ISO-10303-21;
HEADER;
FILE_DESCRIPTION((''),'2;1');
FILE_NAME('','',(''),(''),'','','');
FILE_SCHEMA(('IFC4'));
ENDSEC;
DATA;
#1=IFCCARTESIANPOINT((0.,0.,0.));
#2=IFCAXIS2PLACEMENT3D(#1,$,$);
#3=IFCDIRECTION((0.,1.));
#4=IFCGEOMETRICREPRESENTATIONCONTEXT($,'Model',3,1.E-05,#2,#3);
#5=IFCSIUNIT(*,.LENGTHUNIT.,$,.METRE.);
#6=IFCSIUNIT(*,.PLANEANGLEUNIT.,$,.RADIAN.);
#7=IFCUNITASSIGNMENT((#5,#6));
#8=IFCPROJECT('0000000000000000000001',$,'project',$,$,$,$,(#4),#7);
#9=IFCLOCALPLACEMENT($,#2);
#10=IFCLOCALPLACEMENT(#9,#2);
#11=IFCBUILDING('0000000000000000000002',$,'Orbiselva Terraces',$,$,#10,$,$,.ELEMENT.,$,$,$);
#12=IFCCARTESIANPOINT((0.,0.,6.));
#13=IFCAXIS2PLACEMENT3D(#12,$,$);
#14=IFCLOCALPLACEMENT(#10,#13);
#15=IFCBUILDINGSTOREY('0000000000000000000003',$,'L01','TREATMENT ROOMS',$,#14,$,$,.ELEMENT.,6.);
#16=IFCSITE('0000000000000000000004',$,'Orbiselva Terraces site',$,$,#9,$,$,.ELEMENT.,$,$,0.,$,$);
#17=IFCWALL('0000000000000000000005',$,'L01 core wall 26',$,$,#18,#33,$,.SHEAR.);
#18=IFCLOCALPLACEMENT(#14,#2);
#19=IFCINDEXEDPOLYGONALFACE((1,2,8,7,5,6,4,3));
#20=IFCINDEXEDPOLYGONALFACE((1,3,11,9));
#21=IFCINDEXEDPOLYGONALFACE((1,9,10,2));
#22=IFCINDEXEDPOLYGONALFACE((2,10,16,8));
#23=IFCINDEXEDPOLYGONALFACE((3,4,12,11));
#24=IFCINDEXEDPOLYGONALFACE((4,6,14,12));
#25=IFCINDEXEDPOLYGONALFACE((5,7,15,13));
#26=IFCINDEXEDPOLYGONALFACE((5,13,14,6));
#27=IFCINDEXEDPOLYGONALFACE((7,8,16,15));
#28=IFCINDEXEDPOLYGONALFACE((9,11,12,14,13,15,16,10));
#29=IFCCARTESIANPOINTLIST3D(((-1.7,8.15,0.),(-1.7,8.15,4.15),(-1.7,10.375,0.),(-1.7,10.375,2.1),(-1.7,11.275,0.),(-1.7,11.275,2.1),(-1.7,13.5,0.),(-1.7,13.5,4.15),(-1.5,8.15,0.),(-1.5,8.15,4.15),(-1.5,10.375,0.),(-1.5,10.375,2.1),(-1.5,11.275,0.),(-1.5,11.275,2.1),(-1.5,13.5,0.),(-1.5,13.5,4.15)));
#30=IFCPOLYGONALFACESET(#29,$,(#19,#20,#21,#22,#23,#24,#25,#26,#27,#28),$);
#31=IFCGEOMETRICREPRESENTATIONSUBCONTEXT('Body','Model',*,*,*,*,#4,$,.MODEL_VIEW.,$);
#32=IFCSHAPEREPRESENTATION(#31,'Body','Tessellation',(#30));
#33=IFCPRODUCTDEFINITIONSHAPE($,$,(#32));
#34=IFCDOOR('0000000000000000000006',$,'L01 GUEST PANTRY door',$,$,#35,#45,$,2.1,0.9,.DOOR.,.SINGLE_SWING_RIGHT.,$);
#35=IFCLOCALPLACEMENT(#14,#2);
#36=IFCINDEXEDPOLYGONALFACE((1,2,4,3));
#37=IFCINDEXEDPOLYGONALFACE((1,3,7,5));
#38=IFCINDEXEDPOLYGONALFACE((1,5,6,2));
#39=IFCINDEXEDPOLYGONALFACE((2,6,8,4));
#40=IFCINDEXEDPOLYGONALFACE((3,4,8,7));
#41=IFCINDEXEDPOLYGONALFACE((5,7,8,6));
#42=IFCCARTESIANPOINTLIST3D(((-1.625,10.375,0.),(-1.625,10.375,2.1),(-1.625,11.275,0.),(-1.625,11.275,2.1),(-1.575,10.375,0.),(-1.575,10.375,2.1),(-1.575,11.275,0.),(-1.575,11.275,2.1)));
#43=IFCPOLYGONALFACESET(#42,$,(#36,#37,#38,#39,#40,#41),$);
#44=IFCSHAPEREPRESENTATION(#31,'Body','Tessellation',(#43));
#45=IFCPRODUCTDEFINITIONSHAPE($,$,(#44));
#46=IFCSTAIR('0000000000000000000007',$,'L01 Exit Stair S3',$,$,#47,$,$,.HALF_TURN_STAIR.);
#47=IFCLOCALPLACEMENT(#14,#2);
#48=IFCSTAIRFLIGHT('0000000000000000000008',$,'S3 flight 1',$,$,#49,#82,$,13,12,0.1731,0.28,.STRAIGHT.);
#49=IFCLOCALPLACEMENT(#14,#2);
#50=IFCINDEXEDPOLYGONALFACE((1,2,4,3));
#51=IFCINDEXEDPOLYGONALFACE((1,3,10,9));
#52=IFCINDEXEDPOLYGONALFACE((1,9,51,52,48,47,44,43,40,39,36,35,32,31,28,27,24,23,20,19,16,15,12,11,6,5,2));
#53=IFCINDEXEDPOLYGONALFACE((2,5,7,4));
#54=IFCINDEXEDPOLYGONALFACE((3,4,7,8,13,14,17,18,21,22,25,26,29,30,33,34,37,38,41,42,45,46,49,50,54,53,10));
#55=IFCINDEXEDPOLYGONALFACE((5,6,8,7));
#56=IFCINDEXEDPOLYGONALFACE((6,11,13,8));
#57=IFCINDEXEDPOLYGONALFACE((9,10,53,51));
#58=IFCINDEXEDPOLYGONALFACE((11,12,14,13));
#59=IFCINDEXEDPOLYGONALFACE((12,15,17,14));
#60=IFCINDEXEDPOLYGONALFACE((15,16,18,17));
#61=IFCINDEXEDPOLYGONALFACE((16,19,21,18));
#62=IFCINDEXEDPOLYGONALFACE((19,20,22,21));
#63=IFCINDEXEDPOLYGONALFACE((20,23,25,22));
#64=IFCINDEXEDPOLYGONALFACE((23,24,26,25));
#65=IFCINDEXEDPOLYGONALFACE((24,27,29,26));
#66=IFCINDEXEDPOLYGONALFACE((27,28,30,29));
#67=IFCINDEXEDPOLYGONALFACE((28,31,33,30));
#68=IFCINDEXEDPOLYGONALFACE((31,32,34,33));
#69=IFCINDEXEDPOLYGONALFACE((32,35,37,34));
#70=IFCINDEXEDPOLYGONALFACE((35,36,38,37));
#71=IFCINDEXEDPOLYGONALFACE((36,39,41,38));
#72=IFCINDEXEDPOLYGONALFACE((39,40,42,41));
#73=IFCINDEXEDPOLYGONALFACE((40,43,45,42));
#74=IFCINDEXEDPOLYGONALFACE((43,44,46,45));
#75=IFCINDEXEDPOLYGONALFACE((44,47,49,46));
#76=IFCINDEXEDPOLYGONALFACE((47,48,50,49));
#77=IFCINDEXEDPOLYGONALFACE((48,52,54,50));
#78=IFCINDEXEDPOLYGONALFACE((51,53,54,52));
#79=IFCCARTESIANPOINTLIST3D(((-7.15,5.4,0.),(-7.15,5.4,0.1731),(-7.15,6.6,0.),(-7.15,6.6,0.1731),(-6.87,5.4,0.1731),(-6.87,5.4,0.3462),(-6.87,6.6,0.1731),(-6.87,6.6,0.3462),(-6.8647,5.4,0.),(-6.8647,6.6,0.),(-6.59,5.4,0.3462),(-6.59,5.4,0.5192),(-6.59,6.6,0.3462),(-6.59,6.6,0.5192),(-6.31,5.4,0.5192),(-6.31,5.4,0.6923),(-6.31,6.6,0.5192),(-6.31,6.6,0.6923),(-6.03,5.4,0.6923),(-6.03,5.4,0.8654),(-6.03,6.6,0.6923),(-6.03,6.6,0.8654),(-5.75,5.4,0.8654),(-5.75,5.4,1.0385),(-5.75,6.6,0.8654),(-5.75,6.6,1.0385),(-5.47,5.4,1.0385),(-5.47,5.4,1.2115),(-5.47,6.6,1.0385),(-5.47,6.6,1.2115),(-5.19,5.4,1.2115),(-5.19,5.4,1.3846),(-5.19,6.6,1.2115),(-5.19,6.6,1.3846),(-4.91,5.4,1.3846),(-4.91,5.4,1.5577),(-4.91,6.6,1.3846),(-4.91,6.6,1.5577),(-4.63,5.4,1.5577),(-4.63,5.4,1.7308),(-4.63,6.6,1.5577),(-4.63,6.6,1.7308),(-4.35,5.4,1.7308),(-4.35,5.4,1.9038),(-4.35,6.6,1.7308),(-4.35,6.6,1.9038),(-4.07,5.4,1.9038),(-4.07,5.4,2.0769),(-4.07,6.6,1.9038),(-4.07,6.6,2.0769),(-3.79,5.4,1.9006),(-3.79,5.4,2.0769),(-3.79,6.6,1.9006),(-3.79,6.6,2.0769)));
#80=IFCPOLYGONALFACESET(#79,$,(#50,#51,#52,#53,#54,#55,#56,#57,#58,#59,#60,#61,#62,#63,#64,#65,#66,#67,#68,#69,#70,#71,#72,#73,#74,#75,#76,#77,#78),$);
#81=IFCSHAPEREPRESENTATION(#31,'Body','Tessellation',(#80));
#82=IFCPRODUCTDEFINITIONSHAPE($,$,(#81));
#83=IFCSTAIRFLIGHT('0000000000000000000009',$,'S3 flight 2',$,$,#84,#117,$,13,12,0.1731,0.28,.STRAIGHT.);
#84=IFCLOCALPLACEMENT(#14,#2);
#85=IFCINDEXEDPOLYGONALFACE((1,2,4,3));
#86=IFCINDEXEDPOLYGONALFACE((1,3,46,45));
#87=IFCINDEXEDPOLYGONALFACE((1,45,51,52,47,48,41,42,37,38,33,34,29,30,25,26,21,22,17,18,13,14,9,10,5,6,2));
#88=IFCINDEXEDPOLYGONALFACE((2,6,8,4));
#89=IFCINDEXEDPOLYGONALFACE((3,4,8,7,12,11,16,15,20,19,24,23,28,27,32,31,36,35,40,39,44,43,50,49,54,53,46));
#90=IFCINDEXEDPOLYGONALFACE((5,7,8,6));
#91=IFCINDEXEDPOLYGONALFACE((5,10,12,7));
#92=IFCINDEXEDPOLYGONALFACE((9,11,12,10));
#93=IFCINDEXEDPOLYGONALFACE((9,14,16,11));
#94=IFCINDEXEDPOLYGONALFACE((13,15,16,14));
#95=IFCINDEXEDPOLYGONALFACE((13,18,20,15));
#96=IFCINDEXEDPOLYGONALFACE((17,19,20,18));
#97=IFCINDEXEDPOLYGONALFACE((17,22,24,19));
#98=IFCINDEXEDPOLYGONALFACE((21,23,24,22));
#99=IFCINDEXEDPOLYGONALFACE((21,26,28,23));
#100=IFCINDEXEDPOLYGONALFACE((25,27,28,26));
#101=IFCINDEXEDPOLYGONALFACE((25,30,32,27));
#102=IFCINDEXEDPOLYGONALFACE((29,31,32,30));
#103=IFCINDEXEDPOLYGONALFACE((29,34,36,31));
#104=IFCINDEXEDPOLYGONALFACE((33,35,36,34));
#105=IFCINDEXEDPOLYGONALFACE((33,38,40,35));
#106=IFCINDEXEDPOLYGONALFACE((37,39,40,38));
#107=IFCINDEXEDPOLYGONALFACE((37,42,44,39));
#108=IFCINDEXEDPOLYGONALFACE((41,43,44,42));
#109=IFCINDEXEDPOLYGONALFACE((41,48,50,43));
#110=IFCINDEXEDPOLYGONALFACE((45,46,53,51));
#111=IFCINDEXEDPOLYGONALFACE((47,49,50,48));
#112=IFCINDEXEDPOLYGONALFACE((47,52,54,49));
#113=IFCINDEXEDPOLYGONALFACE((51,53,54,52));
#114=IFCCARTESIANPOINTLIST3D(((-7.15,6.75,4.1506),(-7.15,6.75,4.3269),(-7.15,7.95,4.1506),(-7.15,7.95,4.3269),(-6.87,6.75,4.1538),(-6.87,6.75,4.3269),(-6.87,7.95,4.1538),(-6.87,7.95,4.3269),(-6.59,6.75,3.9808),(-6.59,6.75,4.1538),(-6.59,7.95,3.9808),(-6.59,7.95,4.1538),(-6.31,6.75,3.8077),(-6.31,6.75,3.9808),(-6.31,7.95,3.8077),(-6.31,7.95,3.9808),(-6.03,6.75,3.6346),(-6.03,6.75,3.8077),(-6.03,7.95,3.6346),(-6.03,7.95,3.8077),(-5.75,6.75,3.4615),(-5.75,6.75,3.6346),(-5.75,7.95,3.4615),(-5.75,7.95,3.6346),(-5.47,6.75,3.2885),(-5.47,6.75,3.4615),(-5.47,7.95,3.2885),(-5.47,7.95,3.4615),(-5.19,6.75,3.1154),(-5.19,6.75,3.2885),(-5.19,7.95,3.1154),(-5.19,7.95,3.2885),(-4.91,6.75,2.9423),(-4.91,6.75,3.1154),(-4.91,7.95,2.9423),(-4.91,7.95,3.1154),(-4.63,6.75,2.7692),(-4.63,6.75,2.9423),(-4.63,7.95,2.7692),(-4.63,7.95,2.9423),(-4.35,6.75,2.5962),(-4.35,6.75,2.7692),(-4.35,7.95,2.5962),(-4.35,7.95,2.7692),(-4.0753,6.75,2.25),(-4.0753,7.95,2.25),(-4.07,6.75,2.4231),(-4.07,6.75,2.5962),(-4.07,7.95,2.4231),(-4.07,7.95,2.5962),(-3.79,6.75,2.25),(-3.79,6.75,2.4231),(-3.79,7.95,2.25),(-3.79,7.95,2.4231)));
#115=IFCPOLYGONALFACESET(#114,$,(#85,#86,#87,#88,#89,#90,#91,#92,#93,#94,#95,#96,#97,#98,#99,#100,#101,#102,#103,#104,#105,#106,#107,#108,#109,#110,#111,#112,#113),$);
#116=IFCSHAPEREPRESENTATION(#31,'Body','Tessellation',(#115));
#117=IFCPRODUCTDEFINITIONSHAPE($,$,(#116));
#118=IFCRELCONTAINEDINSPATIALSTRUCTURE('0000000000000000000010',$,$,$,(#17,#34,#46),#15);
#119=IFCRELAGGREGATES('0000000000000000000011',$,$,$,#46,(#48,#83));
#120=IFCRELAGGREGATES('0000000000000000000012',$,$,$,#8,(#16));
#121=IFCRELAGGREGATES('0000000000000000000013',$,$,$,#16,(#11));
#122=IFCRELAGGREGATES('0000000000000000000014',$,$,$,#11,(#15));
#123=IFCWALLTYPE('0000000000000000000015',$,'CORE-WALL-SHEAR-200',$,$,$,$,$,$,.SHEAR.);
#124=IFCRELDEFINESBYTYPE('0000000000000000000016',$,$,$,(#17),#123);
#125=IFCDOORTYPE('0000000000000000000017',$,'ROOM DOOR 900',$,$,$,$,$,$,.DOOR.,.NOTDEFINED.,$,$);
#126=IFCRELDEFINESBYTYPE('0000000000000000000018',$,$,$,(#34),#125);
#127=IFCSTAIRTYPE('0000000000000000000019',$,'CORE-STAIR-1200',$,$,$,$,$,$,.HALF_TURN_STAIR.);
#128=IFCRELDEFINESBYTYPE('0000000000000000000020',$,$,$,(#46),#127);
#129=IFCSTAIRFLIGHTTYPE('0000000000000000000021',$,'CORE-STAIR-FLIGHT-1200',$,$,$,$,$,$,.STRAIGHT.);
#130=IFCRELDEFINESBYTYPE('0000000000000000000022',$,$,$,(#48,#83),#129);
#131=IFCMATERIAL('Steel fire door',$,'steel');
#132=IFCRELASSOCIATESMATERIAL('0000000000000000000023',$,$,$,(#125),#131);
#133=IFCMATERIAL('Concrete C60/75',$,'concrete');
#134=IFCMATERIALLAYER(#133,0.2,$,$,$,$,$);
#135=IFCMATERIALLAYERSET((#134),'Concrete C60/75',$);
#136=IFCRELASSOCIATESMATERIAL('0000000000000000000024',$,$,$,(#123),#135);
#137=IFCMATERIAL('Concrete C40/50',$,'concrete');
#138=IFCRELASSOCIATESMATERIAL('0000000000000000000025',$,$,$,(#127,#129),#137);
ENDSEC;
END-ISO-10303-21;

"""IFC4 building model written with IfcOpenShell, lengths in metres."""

from ifc_helpers import new_model, si_unit, direction, frame, frame_2d, origin, place, context, subcontext, project, spatial, polyline, rectangle, outline, extrude, material, layer, layer_set, type_object, element, fill, aggregate, save


model = new_model("IFC4")

# Units and contexts
model_context = context("Model", 3, precision=1e-05, world=origin(), true_north=direction((0.0, 1.0)))
body_context = subcontext(model_context, "Body", "Model", "MODEL_VIEW")
ifc_project = project(units=[si_unit("LENGTHUNIT", "METRE"), si_unit("PLANEANGLEUNIT", "RADIAN")], contexts=[model_context])

# Site, building, storey
site_placement = place(None, origin())
site = spatial("IfcSite", under=ifc_project, at=site_placement, Name="Orbiselva Terraces site", CompositionType="ELEMENT", RefElevation=0.0)
building_placement = place(site_placement, origin())
building = spatial("IfcBuilding", under=site, at=building_placement, Name="Orbiselva Terraces", CompositionType="ELEMENT")
storey_placement = place(building_placement, frame((0.0, 0.0, 6.0)))
storey = spatial("IfcBuildingStorey", under=building, at=storey_placement, Name="L01", Description="TREATMENT ROOMS", CompositionType="ELEMENT", Elevation=6.0)

# Shared definitions
ifc_material_1 = material(Name="Steel fire door", Category="steel")
door_type = type_object("IfcDoorType", Name="ROOM DOOR 900", OperationType="NOTDEFINED", PredefinedType="DOOR", material=ifc_material_1)

# Shared definitions
ifc_material_2 = material(Name="Concrete C40/50", Category="concrete")

# Shared definitions
ifc_material_3 = material(Name="Concrete C60/75", Category="concrete")
ifc_layer_1 = layer(ifc_material_3, 0.2)
ifc_layer_set_1 = layer_set([ifc_layer_1], Name="Concrete C60/75")
wall_type_1 = type_object("IfcWallType", Name="CORE-WALL-SHEAR-200", PredefinedType="SHEAR", material=ifc_layer_set_1)

# Wall, opening, door
wall_1_placement = place(storey_placement, frame((-1.6, 8.15, 0.0), z_axis=(0.0, 0.0, 1.0), x_axis=(0.0, 1.0, 0.0)))
wall_1 = element("IfcWall", 1, at=wall_1_placement, inside=storey, type_object=wall_type_1, Name="L01 core wall 26", PredefinedType="SHEAR", context=body_context, shape_type="SweptSolid", body=[
    extrude(rectangle(XDim=5.35, YDim=0.2, at=frame_2d((2.675, 0.0))), origin(), (0.0, 0.0, 1.0), 4.15),
])
opening_1_placement = place(wall_1_placement, frame((2.225, 0.0, 0.0)))
opening_1 = element("IfcOpeningElement", 2, at=opening_1_placement, cuts=wall_1, PredefinedType="OPENING", context=body_context, shape_type="SweptSolid", body=[
    extrude(rectangle(XDim=0.9, YDim=2.1, at=frame_2d((0.45, 1.05))), frame((0.0, 0.11, 0.0), z_axis=(0.0, -1.0, 0.0), x_axis=(1.0, 0.0, 0.0)), (0.0, 0.0, 1.0), 0.22),
])
door_1_placement = place(opening_1_placement, origin())
door_1 = element("IfcDoor", 3, at=door_1_placement, inside=storey, type_object=door_type, Name="L01 GUEST PANTRY door", OperationType="SINGLE_SWING_RIGHT", OverallHeight=2.1, OverallWidth=0.9, PredefinedType="DOOR", context=body_context, shape_type="SweptSolid", body=[
    extrude(rectangle(XDim=0.9, YDim=2.1, at=frame_2d((0.45, 1.05))), frame((0.0, 0.025, 0.0), z_axis=(0.0, -1.0, 0.0), x_axis=(1.0, 0.0, 0.0)), (0.0, 0.0, 1.0), 0.05),
])
fill(opening_1, door_1)

# Stair, stair flights
stair_type = type_object("IfcStairType", Name="CORE-STAIR-1200", PredefinedType="HALF_TURN_STAIR", material=ifc_material_2)
stair_placement = place(storey_placement, origin())
stair = element("IfcStair", 4, at=stair_placement, inside=storey, type_object=stair_type, Name="L01 Exit Stair S3", PredefinedType="HALF_TURN_STAIR")
stair_flight_type = type_object("IfcStairFlightType", Name="CORE-STAIR-FLIGHT-1200", PredefinedType="STRAIGHT", material=ifc_material_2)
stair_flight_1_placement = place(storey_placement, frame((-7.15, 6.0, 0.0), z_axis=(0.0, 0.0, 1.0), x_axis=(1.0, 0.0, 0.0)))
stair_flight_1 = element("IfcStairFlight", 5, at=stair_flight_1_placement, type_object=stair_flight_type, Name="S3 flight 1", NumberOfRisers=13, NumberOfTreads=12, PredefinedType="STRAIGHT", RiserHeight=0.1731, TreadLength=0.28, context=body_context, shape_type="SweptSolid", body=[
    extrude(outline(polyline([(0.0, 0.0), (0.0, 0.1731), (0.28, 0.1731), (0.28, 0.3462), (0.56, 0.3462), (0.56, 0.5192), (0.84, 0.5192), (0.84, 0.6923), (1.12, 0.6923), (1.12, 0.8654), (1.4, 0.8654), (1.4, 1.0385), (1.68, 1.0385), (1.68, 1.2115), (1.96, 1.2115), (1.96, 1.3846), (2.24, 1.3846), (2.24, 1.5577), (2.52, 1.5577), (2.52, 1.7308), (2.8, 1.7308), (2.8, 1.9038), (3.08, 1.9038), (3.08, 2.0769), (3.36, 2.0769), (3.36, 2.25), (3.36, 1.9006), (0.2853, 0.0), (0.0, 0.0)])), frame((0.0, 0.6, 0.0), z_axis=(0.0, -1.0, 0.0), x_axis=(1.0, 0.0, 0.0)), (0.0, 0.0, 1.0), 1.2),
])
stair_flight_2_placement = place(storey_placement, frame((-3.79, 7.35, 2.25), z_axis=(0.0, 0.0, 1.0), x_axis=(-1.0, 0.0, 0.0)))
stair_flight_2 = element("IfcStairFlight", 6, at=stair_flight_2_placement, type_object=stair_flight_type, Name="S3 flight 2", NumberOfRisers=13, NumberOfTreads=12, PredefinedType="STRAIGHT", RiserHeight=0.1731, TreadLength=0.28, context=body_context, shape_type="SweptSolid", body=[
    extrude(outline(polyline([(0.0, 0.0), (0.0, 0.1731), (0.28, 0.1731), (0.28, 0.3462), (0.56, 0.3462), (0.56, 0.5192), (0.84, 0.5192), (0.84, 0.6923), (1.12, 0.6923), (1.12, 0.8654), (1.4, 0.8654), (1.4, 1.0385), (1.68, 1.0385), (1.68, 1.2115), (1.96, 1.2115), (1.96, 1.3846), (2.24, 1.3846), (2.24, 1.5577), (2.52, 1.5577), (2.52, 1.7308), (2.8, 1.7308), (2.8, 1.9038), (3.08, 1.9038), (3.08, 2.0769), (3.36, 2.0769), (3.36, 2.25), (3.36, 1.9006), (0.2853, 0.0), (0.0, 0.0)])), frame((0.0, 0.6, 0.0), z_axis=(0.0, -1.0, 0.0), x_axis=(1.0, 0.0, 0.0)), (0.0, 0.0, 1.0), 1.2),
])
aggregate(stair, [stair_flight_1, stair_flight_2])

save(model, "model.ifc")
